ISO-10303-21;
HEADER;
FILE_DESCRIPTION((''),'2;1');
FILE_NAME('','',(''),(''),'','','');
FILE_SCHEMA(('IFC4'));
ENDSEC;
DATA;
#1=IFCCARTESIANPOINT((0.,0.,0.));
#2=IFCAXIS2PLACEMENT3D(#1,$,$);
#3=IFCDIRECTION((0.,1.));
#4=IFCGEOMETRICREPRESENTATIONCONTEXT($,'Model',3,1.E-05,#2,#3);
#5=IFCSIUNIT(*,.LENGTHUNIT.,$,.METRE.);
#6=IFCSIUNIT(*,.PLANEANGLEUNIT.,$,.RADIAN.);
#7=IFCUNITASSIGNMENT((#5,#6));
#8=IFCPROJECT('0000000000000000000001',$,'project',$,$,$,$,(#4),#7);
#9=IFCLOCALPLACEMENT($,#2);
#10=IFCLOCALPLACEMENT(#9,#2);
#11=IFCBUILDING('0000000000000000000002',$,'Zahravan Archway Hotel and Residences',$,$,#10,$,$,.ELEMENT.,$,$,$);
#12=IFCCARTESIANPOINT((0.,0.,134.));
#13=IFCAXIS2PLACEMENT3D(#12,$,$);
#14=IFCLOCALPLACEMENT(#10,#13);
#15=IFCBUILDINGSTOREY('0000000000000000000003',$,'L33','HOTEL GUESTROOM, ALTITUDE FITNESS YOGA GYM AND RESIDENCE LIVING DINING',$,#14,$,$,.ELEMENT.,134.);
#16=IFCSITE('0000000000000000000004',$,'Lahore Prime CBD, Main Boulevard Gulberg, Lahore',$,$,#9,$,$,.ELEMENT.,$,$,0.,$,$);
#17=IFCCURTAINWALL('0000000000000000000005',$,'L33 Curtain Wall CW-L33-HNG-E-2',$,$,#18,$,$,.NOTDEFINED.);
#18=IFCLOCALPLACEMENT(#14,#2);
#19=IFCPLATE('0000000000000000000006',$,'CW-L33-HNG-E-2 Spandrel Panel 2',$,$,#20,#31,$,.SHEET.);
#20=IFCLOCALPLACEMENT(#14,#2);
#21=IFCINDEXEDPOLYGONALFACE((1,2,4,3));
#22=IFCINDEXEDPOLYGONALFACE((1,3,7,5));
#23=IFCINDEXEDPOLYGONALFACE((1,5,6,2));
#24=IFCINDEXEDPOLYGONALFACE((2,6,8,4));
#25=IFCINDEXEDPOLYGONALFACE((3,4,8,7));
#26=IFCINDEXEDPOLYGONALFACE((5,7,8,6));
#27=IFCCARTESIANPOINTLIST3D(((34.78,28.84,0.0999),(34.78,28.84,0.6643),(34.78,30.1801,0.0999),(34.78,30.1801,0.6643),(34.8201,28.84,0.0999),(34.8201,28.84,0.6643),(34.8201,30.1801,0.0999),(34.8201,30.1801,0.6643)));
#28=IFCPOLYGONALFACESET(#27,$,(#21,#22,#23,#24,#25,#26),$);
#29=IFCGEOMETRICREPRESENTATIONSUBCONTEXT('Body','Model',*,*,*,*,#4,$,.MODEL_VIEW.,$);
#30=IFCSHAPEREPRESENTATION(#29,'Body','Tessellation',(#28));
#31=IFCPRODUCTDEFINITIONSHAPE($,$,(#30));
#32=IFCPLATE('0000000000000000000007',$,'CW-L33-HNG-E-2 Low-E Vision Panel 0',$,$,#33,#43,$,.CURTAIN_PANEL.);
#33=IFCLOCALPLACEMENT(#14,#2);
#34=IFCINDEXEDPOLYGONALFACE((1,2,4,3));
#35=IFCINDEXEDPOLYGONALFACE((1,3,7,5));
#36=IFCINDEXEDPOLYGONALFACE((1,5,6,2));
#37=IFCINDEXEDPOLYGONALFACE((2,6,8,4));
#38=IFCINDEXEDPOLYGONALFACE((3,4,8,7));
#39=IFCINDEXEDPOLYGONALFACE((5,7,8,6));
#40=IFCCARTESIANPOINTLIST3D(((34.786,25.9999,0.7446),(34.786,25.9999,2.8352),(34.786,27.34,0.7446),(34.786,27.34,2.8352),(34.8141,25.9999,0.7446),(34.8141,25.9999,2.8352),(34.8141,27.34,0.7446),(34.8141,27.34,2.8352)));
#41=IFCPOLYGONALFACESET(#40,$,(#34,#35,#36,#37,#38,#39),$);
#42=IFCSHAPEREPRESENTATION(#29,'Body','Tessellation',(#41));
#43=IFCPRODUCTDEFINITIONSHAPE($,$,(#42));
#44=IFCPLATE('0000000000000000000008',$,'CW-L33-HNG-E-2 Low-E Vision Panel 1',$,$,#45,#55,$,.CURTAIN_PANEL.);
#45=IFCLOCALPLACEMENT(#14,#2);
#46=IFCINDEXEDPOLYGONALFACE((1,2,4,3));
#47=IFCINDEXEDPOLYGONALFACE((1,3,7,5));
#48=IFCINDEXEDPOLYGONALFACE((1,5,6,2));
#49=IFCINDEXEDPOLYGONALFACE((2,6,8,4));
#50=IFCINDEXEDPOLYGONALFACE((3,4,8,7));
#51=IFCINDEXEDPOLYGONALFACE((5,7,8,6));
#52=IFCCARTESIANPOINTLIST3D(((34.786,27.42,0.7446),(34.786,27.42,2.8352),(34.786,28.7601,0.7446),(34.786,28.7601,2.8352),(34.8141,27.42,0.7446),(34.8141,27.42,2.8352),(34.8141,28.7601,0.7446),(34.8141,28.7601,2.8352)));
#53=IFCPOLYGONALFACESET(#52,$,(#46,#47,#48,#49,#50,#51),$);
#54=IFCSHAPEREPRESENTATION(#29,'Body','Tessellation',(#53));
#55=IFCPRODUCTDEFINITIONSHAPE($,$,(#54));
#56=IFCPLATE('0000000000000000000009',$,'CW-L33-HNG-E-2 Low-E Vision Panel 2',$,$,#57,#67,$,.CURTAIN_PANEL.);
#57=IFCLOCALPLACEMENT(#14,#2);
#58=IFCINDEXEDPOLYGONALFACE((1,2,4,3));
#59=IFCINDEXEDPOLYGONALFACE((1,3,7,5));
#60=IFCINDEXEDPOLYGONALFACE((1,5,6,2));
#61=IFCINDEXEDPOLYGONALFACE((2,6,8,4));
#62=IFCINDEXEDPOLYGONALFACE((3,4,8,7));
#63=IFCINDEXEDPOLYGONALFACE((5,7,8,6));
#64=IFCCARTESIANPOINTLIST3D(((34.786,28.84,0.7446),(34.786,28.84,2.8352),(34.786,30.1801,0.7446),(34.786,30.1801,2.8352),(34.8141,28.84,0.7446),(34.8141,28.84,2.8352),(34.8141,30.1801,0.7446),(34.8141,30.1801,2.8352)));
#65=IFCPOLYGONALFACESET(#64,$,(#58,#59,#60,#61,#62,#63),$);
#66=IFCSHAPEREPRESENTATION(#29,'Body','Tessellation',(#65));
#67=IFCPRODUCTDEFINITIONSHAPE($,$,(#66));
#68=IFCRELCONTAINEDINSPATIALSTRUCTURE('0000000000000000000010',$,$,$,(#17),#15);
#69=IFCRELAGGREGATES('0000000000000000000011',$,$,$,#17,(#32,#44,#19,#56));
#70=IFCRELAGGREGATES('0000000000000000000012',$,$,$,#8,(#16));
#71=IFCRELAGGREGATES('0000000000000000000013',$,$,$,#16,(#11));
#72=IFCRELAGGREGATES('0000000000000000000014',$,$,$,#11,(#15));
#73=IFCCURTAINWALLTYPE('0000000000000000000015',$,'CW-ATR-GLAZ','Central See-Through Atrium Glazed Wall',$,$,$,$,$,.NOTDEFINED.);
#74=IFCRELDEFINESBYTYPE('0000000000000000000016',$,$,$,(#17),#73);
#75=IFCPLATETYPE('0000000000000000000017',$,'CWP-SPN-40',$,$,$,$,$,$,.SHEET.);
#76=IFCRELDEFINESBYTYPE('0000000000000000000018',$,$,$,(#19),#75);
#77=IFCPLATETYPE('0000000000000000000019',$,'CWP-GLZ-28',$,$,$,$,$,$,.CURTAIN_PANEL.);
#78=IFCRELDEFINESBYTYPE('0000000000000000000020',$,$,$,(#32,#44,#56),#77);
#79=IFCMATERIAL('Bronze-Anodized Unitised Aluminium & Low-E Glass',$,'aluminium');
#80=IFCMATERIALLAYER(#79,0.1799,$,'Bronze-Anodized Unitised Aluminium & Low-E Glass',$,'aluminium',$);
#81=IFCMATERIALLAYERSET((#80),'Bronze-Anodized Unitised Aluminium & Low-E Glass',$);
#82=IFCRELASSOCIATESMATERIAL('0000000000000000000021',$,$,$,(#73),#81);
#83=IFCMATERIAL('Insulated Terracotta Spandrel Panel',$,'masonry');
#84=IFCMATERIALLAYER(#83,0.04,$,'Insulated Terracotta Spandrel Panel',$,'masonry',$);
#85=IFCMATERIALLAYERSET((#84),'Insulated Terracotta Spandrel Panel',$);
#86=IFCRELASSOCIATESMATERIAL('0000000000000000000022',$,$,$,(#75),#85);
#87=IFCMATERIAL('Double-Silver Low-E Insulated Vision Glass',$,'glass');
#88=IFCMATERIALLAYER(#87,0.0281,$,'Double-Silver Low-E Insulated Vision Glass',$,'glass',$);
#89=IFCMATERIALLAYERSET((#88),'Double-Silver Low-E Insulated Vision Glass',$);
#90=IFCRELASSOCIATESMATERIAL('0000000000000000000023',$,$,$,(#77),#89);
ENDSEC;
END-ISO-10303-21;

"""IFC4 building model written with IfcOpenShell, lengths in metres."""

from ifc_helpers import new_model, si_unit, direction, frame, origin, origin_2d, place, context, subcontext, project, spatial, rectangle, extrude, source, transform, mapped, material, layer, layer_set, type_object, element, aggregate, save


model = new_model("IFC4")

# Units and contexts
model_context = context("Model", 3, precision=1e-05, world=origin(), true_north=direction((0.0, 1.0)))
body_context = subcontext(model_context, "Body", "Model", "MODEL_VIEW")
ifc_project = project(units=[si_unit("LENGTHUNIT", "METRE"), si_unit("PLANEANGLEUNIT", "RADIAN")], contexts=[model_context])

# Site, building, storey
site_placement = place(None, origin())
site = spatial("IfcSite", under=ifc_project, at=site_placement, Name="Lahore Prime CBD, Main Boulevard Gulberg, Lahore", CompositionType="ELEMENT", RefElevation=0.0)
building_placement = place(site_placement, origin())
building = spatial("IfcBuilding", under=site, at=building_placement, Name="Zahravan Archway Hotel and Residences", CompositionType="ELEMENT")
storey_placement = place(building_placement, frame((0.0, 0.0, 134.0)))
storey = spatial("IfcBuildingStorey", under=building, at=storey_placement, Name="L33", Description="HOTEL GUESTROOM, ALTITUDE FITNESS YOGA GYM AND RESIDENCE LIVING DINING", CompositionType="ELEMENT", Elevation=134.0)

# Curtain wall
ifc_material_1 = material(Name="Bronze-Anodized Unitised Aluminium & Low-E Glass", Category="aluminium")
ifc_layer_1 = layer(ifc_material_1, 0.1799, Name="Bronze-Anodized Unitised Aluminium & Low-E Glass", Category="aluminium")
ifc_layer_set_1 = layer_set([ifc_layer_1], Name="Bronze-Anodized Unitised Aluminium & Low-E Glass")
curtain_wall_type = type_object("IfcCurtainWallType", Name="CW-ATR-GLAZ", Description="Central See-Through Atrium Glazed Wall", PredefinedType="NOTDEFINED", material=ifc_layer_set_1)
curtain_wall_1_placement = place(storey_placement, origin())
curtain_wall_1 = element("IfcCurtainWall", 1, at=curtain_wall_1_placement, inside=storey, type_object=curtain_wall_type, Name="L33 Curtain Wall CW-L33-HNG-E-2", PredefinedType="NOTDEFINED")

# Plates
ifc_material_2 = material(Name="Insulated Terracotta Spandrel Panel", Category="masonry")
ifc_layer_2 = layer(ifc_material_2, 0.04, Name="Insulated Terracotta Spandrel Panel", Category="masonry")
ifc_layer_set_2 = layer_set([ifc_layer_2], Name="Insulated Terracotta Spandrel Panel")
plate_type_1 = type_object("IfcPlateType", Name="CWP-SPN-40", PredefinedType="SHEET", material=ifc_layer_set_2)
ifc_material_3 = material(Name="Double-Silver Low-E Insulated Vision Glass", Category="glass")
ifc_layer_3 = layer(ifc_material_3, 0.0281, Name="Double-Silver Low-E Insulated Vision Glass", Category="glass")
ifc_layer_set_3 = layer_set([ifc_layer_3], Name="Double-Silver Low-E Insulated Vision Glass")
plate_type_2 = type_object("IfcPlateType", Name="CWP-GLZ-28", PredefinedType="CURTAIN_PANEL", material=ifc_layer_set_3)
shared_shape_1 = source(origin(), body_context, "Body", "SweptSolid", [
    extrude(rectangle(XDim=1.3401, YDim=0.04, at=origin_2d()), origin(), (0.0, 0.0, 1.0), 0.5645),
])
plate_1_placement = place(storey_placement, frame((34.8, 29.51, 0.0999), z_axis=(0.0, 0.0, 1.0), x_axis=(0.0, 1.0, 0.0)))
plate_1 = element("IfcPlate", 2, at=plate_1_placement, type_object=plate_type_1, Name="CW-L33-HNG-E-2 Spandrel Panel 2", PredefinedType="SHEET", context=body_context, shape_type="MappedRepresentation", body=[
    mapped(shared_shape_1, transform((0.0, 0.0, 0.0), scale=1.0)),
])
shared_shape_2 = source(origin(), body_context, "Body", "SweptSolid", [
    extrude(rectangle(XDim=1.3401, YDim=0.0281, at=origin_2d()), origin(), (0.0, 0.0, 1.0), 2.0906),
])
plate_2_placement = place(storey_placement, frame((34.8, 26.6699, 0.7446), z_axis=(0.0, 0.0, 1.0), x_axis=(0.0, 1.0, 0.0)))
plate_2 = element("IfcPlate", 3, at=plate_2_placement, type_object=plate_type_2, Name="CW-L33-HNG-E-2 Low-E Vision Panel 0", PredefinedType="CURTAIN_PANEL", context=body_context, shape_type="MappedRepresentation", body=[
    mapped(shared_shape_2, transform((0.0, 0.0, 0.0), scale=1.0)),
])
plate_3_placement = place(storey_placement, frame((34.8, 28.0901, 0.7446), z_axis=(0.0, 0.0, 1.0), x_axis=(0.0, 1.0, 0.0)))
plate_3 = element("IfcPlate", 4, at=plate_3_placement, type_object=plate_type_2, Name="CW-L33-HNG-E-2 Low-E Vision Panel 1", PredefinedType="CURTAIN_PANEL", context=body_context, shape_type="MappedRepresentation", body=[
    mapped(shared_shape_2, transform((0.0, 0.0, 0.0), scale=1.0)),
])
plate_4_placement = place(storey_placement, frame((34.8, 29.51, 0.7446), z_axis=(0.0, 0.0, 1.0), x_axis=(0.0, 1.0, 0.0)))
plate_4 = element("IfcPlate", 5, at=plate_4_placement, type_object=plate_type_2, Name="CW-L33-HNG-E-2 Low-E Vision Panel 2", PredefinedType="CURTAIN_PANEL", context=body_context, shape_type="MappedRepresentation", body=[
    mapped(shared_shape_2, transform((0.0, 0.0, 0.0), scale=1.0)),
])
aggregate(curtain_wall_1, [plate_2, plate_3, plate_1, plate_4])

save(model, "model.ifc")
